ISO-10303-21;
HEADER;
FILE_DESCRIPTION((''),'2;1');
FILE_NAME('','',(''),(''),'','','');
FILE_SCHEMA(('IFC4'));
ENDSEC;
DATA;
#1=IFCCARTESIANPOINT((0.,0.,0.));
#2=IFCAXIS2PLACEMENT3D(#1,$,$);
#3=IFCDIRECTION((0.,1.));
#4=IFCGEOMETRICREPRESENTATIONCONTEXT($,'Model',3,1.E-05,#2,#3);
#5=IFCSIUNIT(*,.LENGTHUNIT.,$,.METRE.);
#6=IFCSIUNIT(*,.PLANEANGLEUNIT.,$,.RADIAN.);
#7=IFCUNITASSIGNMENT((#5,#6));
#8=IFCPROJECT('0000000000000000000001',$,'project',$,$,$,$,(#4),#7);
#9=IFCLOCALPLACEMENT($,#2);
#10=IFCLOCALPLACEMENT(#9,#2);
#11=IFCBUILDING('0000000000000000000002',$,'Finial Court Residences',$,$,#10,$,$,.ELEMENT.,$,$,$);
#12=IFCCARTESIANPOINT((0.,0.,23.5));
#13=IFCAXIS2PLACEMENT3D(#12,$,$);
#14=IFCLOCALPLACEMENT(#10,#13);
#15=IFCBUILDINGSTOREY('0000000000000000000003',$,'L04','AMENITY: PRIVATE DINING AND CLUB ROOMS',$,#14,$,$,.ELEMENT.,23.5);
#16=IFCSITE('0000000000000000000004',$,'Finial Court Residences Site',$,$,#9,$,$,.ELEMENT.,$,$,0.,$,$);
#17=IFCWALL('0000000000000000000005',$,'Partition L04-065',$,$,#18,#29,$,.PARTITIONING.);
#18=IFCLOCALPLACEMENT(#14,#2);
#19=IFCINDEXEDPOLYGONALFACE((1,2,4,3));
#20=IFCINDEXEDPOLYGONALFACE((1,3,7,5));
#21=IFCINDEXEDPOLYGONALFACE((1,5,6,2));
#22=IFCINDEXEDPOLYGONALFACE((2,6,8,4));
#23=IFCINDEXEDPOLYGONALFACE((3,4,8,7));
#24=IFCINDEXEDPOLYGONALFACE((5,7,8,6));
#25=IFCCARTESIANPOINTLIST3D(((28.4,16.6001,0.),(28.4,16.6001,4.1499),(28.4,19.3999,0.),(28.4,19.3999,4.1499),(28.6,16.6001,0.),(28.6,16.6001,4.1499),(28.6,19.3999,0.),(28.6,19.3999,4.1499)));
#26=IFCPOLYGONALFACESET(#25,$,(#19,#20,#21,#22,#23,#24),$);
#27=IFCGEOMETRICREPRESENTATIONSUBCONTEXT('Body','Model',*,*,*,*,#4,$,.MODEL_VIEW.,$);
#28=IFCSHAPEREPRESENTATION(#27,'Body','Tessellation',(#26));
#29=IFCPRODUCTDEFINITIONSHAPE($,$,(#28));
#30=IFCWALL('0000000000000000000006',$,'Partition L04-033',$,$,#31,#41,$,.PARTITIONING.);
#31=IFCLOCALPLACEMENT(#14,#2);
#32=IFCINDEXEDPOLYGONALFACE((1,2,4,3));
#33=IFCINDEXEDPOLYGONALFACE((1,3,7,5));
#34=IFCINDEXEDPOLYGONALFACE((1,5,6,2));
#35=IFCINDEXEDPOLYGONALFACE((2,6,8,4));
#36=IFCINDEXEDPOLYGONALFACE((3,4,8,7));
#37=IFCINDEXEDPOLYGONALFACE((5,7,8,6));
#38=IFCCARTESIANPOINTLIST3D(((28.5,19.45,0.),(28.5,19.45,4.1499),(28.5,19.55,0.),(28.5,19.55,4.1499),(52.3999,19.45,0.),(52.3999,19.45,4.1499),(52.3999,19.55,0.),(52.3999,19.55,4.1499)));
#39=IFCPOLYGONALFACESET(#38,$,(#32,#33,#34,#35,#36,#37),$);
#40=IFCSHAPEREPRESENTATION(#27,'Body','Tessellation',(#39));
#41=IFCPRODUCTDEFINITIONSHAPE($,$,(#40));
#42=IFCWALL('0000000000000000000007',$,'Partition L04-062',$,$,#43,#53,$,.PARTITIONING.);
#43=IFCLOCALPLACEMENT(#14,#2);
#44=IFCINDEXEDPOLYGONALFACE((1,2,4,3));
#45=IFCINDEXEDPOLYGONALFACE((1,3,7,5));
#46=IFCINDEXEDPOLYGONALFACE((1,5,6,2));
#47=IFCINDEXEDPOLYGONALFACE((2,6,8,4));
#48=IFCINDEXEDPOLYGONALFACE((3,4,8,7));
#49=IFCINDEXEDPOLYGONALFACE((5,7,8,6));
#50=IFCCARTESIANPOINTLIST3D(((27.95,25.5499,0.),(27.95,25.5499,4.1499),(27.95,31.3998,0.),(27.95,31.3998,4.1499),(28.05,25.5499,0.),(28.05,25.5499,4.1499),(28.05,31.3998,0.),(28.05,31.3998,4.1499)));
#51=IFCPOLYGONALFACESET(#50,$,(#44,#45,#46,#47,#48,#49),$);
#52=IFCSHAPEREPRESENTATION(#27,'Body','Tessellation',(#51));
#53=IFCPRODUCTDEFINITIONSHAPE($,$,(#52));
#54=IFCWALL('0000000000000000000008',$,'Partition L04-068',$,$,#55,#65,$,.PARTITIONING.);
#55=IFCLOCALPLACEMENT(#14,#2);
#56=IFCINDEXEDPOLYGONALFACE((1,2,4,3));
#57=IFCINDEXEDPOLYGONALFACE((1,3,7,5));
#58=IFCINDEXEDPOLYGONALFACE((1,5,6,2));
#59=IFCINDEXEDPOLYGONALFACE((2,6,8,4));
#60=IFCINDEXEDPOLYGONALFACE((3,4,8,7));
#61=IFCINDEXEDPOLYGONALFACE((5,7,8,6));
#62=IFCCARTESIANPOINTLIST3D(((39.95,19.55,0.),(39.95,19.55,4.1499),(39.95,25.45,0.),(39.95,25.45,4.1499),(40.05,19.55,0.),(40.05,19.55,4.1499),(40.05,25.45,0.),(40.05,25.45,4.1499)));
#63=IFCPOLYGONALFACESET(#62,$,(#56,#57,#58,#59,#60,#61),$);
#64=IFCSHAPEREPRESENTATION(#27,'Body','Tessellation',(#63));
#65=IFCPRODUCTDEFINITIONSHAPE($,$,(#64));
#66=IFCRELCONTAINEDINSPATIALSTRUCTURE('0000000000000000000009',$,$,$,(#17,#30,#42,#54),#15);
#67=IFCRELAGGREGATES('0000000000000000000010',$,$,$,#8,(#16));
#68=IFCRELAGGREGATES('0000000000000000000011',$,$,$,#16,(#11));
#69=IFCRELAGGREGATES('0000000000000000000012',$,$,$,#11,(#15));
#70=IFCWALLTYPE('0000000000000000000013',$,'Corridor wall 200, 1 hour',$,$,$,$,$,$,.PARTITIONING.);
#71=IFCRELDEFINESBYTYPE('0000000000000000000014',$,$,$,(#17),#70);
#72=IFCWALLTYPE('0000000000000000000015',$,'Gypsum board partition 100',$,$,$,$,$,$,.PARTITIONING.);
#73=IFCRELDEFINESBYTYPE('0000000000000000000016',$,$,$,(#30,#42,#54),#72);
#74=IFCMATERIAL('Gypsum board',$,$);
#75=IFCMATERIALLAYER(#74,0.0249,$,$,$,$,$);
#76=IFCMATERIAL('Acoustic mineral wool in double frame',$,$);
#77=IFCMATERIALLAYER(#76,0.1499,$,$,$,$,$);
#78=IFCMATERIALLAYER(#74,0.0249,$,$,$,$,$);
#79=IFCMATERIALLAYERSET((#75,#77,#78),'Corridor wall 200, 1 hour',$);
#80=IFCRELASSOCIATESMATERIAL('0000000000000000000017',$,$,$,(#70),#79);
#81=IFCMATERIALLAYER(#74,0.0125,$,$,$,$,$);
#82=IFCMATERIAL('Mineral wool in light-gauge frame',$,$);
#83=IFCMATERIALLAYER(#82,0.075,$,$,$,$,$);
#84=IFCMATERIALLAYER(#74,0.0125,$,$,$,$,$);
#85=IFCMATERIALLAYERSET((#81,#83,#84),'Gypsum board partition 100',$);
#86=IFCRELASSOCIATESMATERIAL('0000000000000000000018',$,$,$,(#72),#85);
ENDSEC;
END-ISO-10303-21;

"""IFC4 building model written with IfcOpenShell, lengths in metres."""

from ifc_helpers import new_model, si_unit, direction, frame, frame_2d, origin, place, context, subcontext, project, spatial, rectangle, extrude, material, layer, layer_set, type_object, element, save


model = new_model("IFC4")

# Units and contexts
model_context = context("Model", 3, precision=1e-05, world=origin(), true_north=direction((0.0, 1.0)))
body_context = subcontext(model_context, "Body", "Model", "MODEL_VIEW")
ifc_project = project(units=[si_unit("LENGTHUNIT", "METRE"), si_unit("PLANEANGLEUNIT", "RADIAN")], contexts=[model_context])

# Site, building, storey
site_placement = place(None, origin())
site = spatial("IfcSite", under=ifc_project, at=site_placement, Name="Finial Court Residences Site", CompositionType="ELEMENT", RefElevation=0.0)
building_placement = place(site_placement, origin())
building = spatial("IfcBuilding", under=site, at=building_placement, Name="Finial Court Residences", CompositionType="ELEMENT")
storey_placement = place(building_placement, frame((0.0, 0.0, 23.5)))
storey = spatial("IfcBuildingStorey", under=building, at=storey_placement, Name="L04", Description="AMENITY: PRIVATE DINING AND CLUB ROOMS", CompositionType="ELEMENT", Elevation=23.5)

# Shared definitions
ifc_material_1 = material(Name="Gypsum board")
ifc_layer_1 = layer(ifc_material_1, 0.0249)
ifc_material_2 = material(Name="Acoustic mineral wool in double frame")
ifc_layer_2 = layer(ifc_material_2, 0.1499)
ifc_layer_3 = layer(ifc_material_1, 0.0249)
ifc_layer_set_1 = layer_set([ifc_layer_1, ifc_layer_2, ifc_layer_3], Name="Corridor wall 200, 1 hour")
wall_type_1 = type_object("IfcWallType", Name="Corridor wall 200, 1 hour", PredefinedType="PARTITIONING", material=ifc_layer_set_1)

# Walls
wall_1_placement = place(storey_placement, frame((28.5, 16.6001, 0.0), z_axis=(0.0, 0.0, 1.0), x_axis=(0.0, 1.0, 0.0)))
element("IfcWall", 1, at=wall_1_placement, inside=storey, type_object=wall_type_1, Name="Partition L04-065", PredefinedType="PARTITIONING", context=body_context, shape_type="SweptSolid", body=[
    extrude(rectangle(XDim=2.7998, YDim=0.2, at=frame_2d((1.3999, 0.0))), origin(), (0.0, 0.0, 1.0), 4.1499),
])
ifc_layer_4 = layer(ifc_material_1, 0.0125)
ifc_material_3 = material(Name="Mineral wool in light-gauge frame")
ifc_layer_5 = layer(ifc_material_3, 0.075)
ifc_layer_6 = layer(ifc_material_1, 0.0125)
ifc_layer_set_2 = layer_set([ifc_layer_4, ifc_layer_5, ifc_layer_6], Name="Gypsum board partition 100")
wall_type_2 = type_object("IfcWallType", Name="Gypsum board partition 100", PredefinedType="PARTITIONING", material=ifc_layer_set_2)
wall_2_placement = place(storey_placement, frame((28.5, 19.5, 0.0), z_axis=(0.0, 0.0, 1.0), x_axis=(1.0, 0.0, 0.0)))
element("IfcWall", 2, at=wall_2_placement, inside=storey, type_object=wall_type_2, Name="Partition L04-033", PredefinedType="PARTITIONING", context=body_context, shape_type="SweptSolid", body=[
    extrude(rectangle(XDim=23.8999, YDim=0.1001, at=frame_2d((11.95, 0.0))), origin(), (0.0, 0.0, 1.0), 4.1499),
])
wall_3_placement = place(storey_placement, frame((28.0, 25.55, 0.0), z_axis=(0.0, 0.0, 1.0), x_axis=(0.0, 1.0, 0.0)))
element("IfcWall", 3, at=wall_3_placement, inside=storey, type_object=wall_type_2, Name="Partition L04-062", PredefinedType="PARTITIONING", context=body_context, shape_type="SweptSolid", body=[
    extrude(rectangle(XDim=5.8499, YDim=0.1001, at=frame_2d((2.9248, 0.0))), origin(), (0.0, 0.0, 1.0), 4.1499),
])
wall_4_placement = place(storey_placement, frame((40.0, 19.55, 0.0), z_axis=(0.0, 0.0, 1.0), x_axis=(0.0, 1.0, 0.0)))
element("IfcWall", 4, at=wall_4_placement, inside=storey, type_object=wall_type_2, Name="Partition L04-068", PredefinedType="PARTITIONING", context=body_context, shape_type="SweptSolid", body=[
    extrude(rectangle(XDim=5.8999, YDim=0.1001, at=frame_2d((2.95, 0.0))), origin(), (0.0, 0.0, 1.0), 4.1499),
])

save(model, "model.ifc")
